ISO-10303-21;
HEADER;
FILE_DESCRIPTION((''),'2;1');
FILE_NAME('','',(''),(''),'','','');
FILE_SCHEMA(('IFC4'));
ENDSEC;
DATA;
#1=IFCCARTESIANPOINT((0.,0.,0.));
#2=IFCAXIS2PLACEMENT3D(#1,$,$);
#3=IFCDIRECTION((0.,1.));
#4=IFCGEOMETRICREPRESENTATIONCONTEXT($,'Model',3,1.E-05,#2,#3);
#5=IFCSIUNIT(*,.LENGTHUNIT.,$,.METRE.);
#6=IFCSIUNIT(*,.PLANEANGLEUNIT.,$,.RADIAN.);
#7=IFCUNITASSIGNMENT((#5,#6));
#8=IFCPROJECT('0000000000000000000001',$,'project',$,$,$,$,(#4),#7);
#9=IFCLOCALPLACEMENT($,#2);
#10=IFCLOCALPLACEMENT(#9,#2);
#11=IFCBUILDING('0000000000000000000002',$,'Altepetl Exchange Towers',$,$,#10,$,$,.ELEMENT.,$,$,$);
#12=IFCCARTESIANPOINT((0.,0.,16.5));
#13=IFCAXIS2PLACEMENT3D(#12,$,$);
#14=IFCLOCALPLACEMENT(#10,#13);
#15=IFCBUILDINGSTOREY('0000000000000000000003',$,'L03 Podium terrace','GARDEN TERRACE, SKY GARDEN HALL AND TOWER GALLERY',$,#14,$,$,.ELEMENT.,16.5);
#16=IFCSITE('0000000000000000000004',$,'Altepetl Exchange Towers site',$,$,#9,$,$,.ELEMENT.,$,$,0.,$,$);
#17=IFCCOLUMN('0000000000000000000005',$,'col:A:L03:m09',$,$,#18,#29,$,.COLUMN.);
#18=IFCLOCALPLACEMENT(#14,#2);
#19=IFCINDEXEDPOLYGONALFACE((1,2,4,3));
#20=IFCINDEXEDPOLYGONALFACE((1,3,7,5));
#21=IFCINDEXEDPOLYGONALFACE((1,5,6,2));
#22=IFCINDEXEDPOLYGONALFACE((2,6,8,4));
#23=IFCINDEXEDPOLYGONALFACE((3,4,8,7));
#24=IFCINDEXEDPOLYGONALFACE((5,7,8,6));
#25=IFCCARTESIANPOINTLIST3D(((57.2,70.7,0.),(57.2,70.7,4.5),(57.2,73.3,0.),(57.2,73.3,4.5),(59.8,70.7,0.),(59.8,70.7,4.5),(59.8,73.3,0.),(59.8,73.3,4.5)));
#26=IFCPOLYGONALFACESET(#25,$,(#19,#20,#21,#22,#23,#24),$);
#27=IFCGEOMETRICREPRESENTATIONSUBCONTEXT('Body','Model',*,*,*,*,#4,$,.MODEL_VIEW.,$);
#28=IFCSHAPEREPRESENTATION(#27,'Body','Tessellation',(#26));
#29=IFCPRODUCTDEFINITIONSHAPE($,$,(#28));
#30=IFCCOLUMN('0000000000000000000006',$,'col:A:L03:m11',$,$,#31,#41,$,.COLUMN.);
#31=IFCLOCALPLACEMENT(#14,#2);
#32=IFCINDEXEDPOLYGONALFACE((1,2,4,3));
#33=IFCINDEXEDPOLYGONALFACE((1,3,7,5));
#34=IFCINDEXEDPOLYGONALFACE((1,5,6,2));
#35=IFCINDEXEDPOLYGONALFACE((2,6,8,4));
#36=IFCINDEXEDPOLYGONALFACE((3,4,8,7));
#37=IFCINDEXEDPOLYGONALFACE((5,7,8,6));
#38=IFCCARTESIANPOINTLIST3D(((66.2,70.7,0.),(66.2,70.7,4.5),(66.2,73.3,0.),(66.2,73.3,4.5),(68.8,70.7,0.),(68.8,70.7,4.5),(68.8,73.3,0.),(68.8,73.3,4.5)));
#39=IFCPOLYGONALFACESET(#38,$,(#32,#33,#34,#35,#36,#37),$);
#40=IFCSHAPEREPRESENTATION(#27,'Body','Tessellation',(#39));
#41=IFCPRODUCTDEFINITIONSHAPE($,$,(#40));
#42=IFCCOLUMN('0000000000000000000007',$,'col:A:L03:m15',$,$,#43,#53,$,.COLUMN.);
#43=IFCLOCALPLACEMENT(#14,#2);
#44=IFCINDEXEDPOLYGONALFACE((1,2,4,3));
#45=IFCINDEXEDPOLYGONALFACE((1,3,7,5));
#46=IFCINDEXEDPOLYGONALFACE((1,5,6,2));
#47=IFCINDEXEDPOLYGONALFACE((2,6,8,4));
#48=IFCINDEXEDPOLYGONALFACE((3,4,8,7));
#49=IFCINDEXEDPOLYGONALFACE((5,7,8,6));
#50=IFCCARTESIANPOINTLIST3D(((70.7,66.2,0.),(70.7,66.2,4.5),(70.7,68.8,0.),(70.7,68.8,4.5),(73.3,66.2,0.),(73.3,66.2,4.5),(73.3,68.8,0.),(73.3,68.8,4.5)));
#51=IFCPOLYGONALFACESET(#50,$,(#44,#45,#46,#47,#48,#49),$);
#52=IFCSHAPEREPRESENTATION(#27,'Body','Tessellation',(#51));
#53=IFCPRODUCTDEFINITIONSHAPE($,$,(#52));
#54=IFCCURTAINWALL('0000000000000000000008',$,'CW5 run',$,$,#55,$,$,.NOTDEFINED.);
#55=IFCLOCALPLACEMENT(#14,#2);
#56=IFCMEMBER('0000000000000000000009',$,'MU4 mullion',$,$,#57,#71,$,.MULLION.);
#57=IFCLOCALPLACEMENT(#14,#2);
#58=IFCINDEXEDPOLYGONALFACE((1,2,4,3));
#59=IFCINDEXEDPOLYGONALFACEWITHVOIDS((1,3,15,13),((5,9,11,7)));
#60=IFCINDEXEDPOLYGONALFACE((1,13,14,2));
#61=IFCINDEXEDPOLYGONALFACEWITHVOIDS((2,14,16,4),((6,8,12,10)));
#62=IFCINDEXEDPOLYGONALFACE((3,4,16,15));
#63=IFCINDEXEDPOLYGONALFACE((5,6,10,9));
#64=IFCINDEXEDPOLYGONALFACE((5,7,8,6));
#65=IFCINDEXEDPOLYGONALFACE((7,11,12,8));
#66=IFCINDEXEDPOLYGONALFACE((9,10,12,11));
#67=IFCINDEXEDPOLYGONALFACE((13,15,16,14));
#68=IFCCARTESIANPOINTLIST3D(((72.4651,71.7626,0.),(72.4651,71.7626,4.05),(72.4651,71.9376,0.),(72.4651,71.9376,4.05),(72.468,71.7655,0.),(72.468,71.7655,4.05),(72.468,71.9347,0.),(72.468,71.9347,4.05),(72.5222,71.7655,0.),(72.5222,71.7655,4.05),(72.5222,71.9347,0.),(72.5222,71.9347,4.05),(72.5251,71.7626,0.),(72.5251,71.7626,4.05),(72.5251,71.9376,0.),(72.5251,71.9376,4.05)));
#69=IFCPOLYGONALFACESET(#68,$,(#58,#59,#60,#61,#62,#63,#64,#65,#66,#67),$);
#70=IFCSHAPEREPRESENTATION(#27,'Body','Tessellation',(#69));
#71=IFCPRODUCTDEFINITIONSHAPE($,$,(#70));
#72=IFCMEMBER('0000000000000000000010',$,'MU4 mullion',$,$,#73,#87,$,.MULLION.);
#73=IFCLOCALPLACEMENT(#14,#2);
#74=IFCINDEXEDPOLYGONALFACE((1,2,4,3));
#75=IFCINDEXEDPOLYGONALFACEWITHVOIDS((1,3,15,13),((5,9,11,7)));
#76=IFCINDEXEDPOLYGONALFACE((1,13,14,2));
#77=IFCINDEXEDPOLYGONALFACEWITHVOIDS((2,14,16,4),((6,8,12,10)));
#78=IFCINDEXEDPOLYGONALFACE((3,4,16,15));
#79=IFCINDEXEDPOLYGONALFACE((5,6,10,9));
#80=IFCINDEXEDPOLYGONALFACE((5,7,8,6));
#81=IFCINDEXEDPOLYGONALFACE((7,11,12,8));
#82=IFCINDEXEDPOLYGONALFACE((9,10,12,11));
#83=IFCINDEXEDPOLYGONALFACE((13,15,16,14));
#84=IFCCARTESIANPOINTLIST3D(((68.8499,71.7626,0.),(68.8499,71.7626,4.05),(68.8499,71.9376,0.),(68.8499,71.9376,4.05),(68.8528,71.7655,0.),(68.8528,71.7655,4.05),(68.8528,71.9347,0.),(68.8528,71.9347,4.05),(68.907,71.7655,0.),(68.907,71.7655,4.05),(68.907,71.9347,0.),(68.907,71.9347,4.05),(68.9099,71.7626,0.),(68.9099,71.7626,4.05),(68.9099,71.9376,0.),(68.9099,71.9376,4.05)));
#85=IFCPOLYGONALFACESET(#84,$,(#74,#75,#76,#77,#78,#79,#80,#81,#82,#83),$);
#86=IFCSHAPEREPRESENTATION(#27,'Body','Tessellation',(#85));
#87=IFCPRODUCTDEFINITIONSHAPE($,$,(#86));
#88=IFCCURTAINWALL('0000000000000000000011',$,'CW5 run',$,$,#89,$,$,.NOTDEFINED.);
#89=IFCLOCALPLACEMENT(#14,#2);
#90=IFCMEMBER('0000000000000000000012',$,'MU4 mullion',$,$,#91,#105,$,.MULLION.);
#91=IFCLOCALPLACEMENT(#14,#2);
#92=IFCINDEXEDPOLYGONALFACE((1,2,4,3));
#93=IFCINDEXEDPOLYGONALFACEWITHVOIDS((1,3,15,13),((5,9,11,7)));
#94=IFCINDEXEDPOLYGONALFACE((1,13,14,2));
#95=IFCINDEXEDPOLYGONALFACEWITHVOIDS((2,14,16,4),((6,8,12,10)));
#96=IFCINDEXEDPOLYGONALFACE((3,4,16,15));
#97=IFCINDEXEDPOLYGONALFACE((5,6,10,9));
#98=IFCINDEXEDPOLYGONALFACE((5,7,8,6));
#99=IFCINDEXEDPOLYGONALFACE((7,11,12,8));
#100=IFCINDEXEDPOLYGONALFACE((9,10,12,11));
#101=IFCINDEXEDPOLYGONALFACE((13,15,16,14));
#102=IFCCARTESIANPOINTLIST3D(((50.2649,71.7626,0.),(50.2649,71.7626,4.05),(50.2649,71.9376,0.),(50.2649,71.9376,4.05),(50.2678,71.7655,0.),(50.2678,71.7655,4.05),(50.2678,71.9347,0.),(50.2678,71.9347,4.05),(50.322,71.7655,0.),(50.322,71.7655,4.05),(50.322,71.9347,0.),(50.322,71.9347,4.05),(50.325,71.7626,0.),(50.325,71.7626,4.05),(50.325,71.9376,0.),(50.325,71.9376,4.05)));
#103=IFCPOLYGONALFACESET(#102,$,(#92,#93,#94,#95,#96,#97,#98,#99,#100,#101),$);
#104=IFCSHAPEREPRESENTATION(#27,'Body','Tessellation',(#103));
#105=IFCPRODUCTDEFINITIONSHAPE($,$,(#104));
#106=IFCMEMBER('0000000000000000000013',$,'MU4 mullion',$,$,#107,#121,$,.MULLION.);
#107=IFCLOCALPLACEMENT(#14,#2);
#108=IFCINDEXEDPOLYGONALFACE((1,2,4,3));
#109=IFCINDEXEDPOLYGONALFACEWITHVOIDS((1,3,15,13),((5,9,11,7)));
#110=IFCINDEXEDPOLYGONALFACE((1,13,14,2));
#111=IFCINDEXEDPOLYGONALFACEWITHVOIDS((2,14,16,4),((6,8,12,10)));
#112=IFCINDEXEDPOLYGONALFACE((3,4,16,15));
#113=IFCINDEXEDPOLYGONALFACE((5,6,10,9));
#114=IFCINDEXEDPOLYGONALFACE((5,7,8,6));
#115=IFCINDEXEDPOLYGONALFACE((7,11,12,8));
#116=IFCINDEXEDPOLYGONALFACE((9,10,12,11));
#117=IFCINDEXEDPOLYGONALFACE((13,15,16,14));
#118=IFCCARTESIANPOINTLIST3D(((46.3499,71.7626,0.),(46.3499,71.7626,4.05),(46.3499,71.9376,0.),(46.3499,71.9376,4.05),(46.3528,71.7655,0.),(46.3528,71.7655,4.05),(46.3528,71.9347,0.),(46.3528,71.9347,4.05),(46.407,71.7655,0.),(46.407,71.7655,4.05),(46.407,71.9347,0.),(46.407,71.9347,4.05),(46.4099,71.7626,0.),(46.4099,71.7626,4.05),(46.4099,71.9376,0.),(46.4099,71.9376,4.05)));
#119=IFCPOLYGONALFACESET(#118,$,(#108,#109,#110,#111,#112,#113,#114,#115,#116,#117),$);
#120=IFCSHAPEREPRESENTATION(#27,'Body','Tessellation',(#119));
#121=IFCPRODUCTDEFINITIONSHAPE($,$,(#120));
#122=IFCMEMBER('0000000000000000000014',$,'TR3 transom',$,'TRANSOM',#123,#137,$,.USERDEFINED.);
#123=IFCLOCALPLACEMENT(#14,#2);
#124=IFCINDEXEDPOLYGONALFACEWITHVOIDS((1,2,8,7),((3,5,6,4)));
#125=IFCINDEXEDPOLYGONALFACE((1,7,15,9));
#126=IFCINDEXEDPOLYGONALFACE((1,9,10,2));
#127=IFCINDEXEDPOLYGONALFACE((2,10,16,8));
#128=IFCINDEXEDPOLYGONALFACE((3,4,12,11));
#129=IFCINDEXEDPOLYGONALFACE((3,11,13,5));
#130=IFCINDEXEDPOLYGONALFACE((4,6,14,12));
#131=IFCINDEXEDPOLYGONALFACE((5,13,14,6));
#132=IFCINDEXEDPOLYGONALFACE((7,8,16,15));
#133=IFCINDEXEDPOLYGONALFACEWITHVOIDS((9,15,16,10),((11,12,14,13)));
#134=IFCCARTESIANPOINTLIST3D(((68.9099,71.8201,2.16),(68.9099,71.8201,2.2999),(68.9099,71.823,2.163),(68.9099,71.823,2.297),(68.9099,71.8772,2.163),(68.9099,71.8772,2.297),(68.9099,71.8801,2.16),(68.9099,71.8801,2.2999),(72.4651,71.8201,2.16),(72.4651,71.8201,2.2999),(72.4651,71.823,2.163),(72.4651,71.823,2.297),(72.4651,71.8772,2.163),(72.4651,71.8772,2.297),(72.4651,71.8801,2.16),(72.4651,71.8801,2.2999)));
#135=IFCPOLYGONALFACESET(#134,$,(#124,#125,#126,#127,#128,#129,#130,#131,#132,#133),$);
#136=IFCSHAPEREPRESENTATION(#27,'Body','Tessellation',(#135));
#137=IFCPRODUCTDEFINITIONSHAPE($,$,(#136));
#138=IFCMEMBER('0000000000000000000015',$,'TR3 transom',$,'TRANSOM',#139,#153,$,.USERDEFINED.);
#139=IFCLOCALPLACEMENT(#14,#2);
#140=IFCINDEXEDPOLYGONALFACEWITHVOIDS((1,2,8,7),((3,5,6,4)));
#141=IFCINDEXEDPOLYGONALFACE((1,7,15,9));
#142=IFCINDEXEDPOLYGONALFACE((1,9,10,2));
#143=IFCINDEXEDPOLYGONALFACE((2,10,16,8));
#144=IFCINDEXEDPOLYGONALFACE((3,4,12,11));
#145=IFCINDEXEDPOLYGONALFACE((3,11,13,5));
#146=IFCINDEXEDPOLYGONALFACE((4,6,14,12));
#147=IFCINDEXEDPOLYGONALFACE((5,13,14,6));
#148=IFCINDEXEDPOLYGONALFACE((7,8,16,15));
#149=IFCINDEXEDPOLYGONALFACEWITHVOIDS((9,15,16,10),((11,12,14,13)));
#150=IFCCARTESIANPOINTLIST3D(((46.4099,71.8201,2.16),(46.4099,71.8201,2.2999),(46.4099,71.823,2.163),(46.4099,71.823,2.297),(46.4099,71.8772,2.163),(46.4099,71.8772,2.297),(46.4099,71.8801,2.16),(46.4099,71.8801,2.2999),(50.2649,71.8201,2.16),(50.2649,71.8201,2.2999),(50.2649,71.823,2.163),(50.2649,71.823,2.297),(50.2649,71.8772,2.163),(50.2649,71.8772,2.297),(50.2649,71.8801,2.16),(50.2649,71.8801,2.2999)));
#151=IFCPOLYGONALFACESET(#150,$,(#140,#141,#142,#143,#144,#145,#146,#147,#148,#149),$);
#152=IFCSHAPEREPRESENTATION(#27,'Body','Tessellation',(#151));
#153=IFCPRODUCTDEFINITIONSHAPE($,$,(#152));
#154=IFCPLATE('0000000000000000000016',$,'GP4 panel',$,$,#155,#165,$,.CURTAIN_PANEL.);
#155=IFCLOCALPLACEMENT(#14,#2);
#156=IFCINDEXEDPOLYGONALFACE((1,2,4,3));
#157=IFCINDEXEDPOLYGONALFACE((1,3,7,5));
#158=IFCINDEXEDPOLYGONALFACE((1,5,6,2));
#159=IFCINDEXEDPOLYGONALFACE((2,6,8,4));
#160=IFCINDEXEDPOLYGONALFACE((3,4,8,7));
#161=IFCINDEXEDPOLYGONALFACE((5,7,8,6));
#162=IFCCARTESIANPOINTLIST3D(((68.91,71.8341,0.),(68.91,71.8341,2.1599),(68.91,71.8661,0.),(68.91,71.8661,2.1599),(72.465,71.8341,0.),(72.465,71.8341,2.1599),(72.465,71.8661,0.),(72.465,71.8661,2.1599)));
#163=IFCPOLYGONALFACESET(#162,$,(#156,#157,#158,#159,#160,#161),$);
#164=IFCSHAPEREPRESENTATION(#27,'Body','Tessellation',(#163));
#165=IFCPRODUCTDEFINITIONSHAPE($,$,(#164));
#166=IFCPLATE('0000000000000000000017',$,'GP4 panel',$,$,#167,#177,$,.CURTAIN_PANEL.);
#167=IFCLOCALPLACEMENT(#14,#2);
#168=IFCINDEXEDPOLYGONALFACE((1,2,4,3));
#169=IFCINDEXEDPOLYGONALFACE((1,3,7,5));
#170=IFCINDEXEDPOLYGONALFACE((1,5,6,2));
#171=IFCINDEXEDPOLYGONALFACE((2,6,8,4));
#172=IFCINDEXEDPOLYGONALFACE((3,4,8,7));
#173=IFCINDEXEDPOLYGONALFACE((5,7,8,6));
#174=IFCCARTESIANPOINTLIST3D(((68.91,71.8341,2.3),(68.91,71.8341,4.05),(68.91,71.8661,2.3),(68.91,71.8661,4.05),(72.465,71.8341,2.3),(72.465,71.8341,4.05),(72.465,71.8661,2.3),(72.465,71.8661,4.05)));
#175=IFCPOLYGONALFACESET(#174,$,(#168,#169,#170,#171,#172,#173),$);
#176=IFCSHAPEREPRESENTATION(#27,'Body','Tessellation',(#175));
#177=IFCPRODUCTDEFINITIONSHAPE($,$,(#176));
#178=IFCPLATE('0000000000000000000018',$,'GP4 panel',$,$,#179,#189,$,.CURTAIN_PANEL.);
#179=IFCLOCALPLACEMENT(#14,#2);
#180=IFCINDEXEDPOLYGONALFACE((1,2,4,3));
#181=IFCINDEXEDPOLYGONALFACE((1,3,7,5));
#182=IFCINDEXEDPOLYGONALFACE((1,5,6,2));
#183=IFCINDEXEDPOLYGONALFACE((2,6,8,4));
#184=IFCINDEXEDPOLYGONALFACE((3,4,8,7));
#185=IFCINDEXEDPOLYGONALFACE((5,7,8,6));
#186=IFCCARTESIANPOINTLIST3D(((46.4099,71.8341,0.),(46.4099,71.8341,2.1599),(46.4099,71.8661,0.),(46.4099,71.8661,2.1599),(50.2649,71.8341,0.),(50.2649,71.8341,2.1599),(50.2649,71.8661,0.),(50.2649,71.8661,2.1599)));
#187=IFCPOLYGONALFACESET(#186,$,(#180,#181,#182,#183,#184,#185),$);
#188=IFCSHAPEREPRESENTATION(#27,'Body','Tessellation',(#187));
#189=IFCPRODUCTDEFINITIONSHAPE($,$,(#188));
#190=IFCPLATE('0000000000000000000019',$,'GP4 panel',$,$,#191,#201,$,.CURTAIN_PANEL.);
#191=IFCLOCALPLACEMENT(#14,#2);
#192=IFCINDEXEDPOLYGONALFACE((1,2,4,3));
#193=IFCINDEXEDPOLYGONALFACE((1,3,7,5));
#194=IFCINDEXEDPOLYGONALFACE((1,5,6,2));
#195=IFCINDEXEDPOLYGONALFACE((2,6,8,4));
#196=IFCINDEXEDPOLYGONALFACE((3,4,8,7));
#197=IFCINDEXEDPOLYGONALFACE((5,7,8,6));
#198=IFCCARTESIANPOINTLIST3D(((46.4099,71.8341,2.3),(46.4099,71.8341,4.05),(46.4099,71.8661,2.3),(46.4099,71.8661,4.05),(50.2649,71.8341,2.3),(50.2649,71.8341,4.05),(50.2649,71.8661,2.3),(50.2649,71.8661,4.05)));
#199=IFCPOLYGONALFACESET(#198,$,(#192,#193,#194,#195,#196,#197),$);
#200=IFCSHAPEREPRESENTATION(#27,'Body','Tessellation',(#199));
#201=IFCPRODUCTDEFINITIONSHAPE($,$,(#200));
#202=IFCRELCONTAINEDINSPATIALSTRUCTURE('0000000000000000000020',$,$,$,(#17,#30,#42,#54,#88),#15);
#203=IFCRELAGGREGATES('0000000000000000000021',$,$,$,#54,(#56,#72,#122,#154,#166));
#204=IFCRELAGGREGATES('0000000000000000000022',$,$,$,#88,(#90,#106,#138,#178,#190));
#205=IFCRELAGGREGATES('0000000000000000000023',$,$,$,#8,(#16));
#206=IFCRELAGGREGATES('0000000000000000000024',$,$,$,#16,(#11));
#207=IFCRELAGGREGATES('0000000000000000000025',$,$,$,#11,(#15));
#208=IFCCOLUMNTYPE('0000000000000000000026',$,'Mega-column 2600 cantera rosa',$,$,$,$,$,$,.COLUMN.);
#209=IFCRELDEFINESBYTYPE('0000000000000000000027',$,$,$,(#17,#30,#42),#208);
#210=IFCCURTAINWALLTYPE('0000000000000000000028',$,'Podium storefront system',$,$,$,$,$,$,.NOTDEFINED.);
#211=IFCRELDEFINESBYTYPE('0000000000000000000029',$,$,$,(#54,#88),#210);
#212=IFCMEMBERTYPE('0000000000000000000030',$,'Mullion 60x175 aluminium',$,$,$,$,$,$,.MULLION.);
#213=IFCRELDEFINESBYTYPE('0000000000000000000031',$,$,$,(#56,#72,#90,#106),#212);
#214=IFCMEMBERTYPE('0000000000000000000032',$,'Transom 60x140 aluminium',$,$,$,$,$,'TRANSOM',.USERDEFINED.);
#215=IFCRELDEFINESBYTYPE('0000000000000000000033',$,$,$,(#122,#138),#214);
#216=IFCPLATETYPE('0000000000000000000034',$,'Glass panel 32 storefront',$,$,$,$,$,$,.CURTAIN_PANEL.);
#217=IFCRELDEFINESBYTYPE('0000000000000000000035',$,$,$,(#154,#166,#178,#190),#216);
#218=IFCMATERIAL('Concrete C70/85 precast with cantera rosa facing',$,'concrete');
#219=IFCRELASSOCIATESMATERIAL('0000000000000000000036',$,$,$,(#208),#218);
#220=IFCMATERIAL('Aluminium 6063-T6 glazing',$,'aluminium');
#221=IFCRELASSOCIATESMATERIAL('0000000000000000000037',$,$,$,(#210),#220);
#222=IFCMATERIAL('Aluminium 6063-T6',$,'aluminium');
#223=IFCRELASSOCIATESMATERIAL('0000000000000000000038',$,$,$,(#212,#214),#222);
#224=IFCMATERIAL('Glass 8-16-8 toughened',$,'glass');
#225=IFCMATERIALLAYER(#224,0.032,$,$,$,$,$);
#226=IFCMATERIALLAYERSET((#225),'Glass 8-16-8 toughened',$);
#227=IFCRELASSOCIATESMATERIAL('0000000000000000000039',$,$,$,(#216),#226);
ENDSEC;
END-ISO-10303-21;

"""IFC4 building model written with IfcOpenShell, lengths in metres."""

from ifc_helpers import new_model, si_unit, direction, frame, origin, origin_2d, place, context, subcontext, project, spatial, rectangle, hollow_rectangle, extrude, material, layer, layer_set, material_profile, profile_set, type_object, element, aggregate, save


model = new_model("IFC4")

# Units and contexts
model_context = context("Model", 3, precision=1e-05, world=origin(), true_north=direction((0.0, 1.0)))
body_context = subcontext(model_context, "Body", "Model", "MODEL_VIEW")
ifc_project = project(units=[si_unit("LENGTHUNIT", "METRE"), si_unit("PLANEANGLEUNIT", "RADIAN")], contexts=[model_context])

# Site, building, storey
site_placement = place(None, origin())
site = spatial("IfcSite", under=ifc_project, at=site_placement, Name="Altepetl Exchange Towers site", CompositionType="ELEMENT", RefElevation=0.0)
building_placement = place(site_placement, origin())
building = spatial("IfcBuilding", under=site, at=building_placement, Name="Altepetl Exchange Towers", CompositionType="ELEMENT")
storey_placement = place(building_placement, frame((0.0, 0.0, 16.5)))
storey = spatial("IfcBuildingStorey", under=building, at=storey_placement, Name="L03 Podium terrace", Description="GARDEN TERRACE, SKY GARDEN HALL AND TOWER GALLERY", CompositionType="ELEMENT", Elevation=16.5)

# Columns
ifc_material_1 = material(Name="Concrete C70/85 precast with cantera rosa facing", Category="concrete")
ifc_material_profile_1 = material_profile(ifc_material_1, rectangle(XDim=2.6001, YDim=2.6001, at=origin_2d()), Name="2600 x 2600")
ifc_profile_set_1 = profile_set([ifc_material_profile_1], Name="Concrete C70/85 precast with cantera rosa facing")
column_type = type_object("IfcColumnType", Name="Mega-column 2600 cantera rosa", PredefinedType="COLUMN", material=ifc_profile_set_1)
for number, where, name in (
    (1, (58.5, 72.0, 0.0), "col:A:L03:m09"),
    (2, (67.5, 72.0, 0.0), "col:A:L03:m11"),
    (3, (72.0, 67.5, 0.0), "col:A:L03:m15"),
):
    element("IfcColumn", number, at=place(storey_placement, frame(where)), inside=storey, type_object=column_type, Name=name, PredefinedType="COLUMN", context=body_context, shape_type="SweptSolid", body=[
        extrude(rectangle(XDim=2.6001, YDim=2.6001, at=origin_2d()), origin(), (0.0, 0.0, 1.0), 4.5),
    ])

# Curtain walls, members
ifc_material_2 = material(Name="Aluminium 6063-T6 glazing", Category="aluminium")
curtain_wall_type = type_object("IfcCurtainWallType", Name="Podium storefront system", PredefinedType="NOTDEFINED", material=ifc_material_2)
curtain_wall_1_placement = place(storey_placement, origin())
curtain_wall_1 = element("IfcCurtainWall", 4, at=curtain_wall_1_placement, inside=storey, type_object=curtain_wall_type, Name="CW5 run", PredefinedType="NOTDEFINED")
ifc_material_3 = material(Name="Aluminium 6063-T6", Category="aluminium")
ifc_material_profile_2 = material_profile(ifc_material_3, hollow_rectangle(XDim=0.0601, YDim=0.175, WallThickness=0.0029, at=origin_2d()), Name="Mullion 60x175 aluminium")
ifc_profile_set_2 = profile_set([ifc_material_profile_2], Name="Aluminium 6063-T6")
member_type_1 = type_object("IfcMemberType", Name="Mullion 60x175 aluminium", PredefinedType="MULLION", material=ifc_profile_set_2)
member_1_placement = place(storey_placement, frame((72.4951, 71.8501, 0.0), z_axis=(0.0, 0.0, 1.0), x_axis=(-1.0, 0.0, 0.0)))
member_1 = element("IfcMember", 5, at=member_1_placement, type_object=member_type_1, Name="MU4 mullion", PredefinedType="MULLION", context=body_context, shape_type="SweptSolid", body=[
    extrude(hollow_rectangle(XDim=0.0601, YDim=0.175, WallThickness=0.0029, at=origin_2d()), origin(), (0.0, 0.0, 1.0), 4.05),
])
member_2_placement = place(storey_placement, frame((68.8799, 71.8501, 0.0), z_axis=(0.0, 0.0, 1.0), x_axis=(-1.0, 0.0, 0.0)))
member_2 = element("IfcMember", 6, at=member_2_placement, type_object=member_type_1, Name="MU4 mullion", PredefinedType="MULLION", context=body_context, shape_type="SweptSolid", body=[
    extrude(hollow_rectangle(XDim=0.0601, YDim=0.175, WallThickness=0.0029, at=origin_2d()), origin(), (0.0, 0.0, 1.0), 4.05),
])
curtain_wall_2_placement = place(storey_placement, origin())
curtain_wall_2 = element("IfcCurtainWall", 7, at=curtain_wall_2_placement, inside=storey, type_object=curtain_wall_type, Name="CW5 run", PredefinedType="NOTDEFINED")
member_3_placement = place(storey_placement, frame((50.2949, 71.8501, 0.0), z_axis=(0.0, 0.0, 1.0), x_axis=(-1.0, 0.0, 0.0)))
member_3 = element("IfcMember", 8, at=member_3_placement, type_object=member_type_1, Name="MU4 mullion", PredefinedType="MULLION", context=body_context, shape_type="SweptSolid", body=[
    extrude(hollow_rectangle(XDim=0.0601, YDim=0.175, WallThickness=0.0029, at=origin_2d()), origin(), (0.0, 0.0, 1.0), 4.05),
])
member_4_placement = place(storey_placement, frame((46.3799, 71.8501, 0.0), z_axis=(0.0, 0.0, 1.0), x_axis=(-1.0, 0.0, 0.0)))
member_4 = element("IfcMember", 9, at=member_4_placement, type_object=member_type_1, Name="MU4 mullion", PredefinedType="MULLION", context=body_context, shape_type="SweptSolid", body=[
    extrude(hollow_rectangle(XDim=0.0601, YDim=0.175, WallThickness=0.0029, at=origin_2d()), origin(), (0.0, 0.0, 1.0), 4.05),
])

# Members
ifc_material_profile_3 = material_profile(ifc_material_3, hollow_rectangle(XDim=0.0601, YDim=0.1399, WallThickness=0.0029, at=origin_2d()), Name="Transom 60x140 aluminium")
ifc_profile_set_3 = profile_set([ifc_material_profile_3], Name="Aluminium 6063-T6")
member_type_2 = type_object("IfcMemberType", Name="Transom 60x140 aluminium", ElementType="TRANSOM", PredefinedType="USERDEFINED", material=ifc_profile_set_3)
member_5_placement = place(storey_placement, frame((72.4651, 71.8501, 2.23), z_axis=(-1.0, 0.0, 0.0), x_axis=(0.0, -1.0, 0.0)))
member_5 = element("IfcMember", 10, at=member_5_placement, type_object=member_type_2, Name="TR3 transom", ObjectType="TRANSOM", PredefinedType="USERDEFINED", context=body_context, shape_type="SweptSolid", body=[
    extrude(hollow_rectangle(XDim=0.0601, YDim=0.1399, WallThickness=0.0029, at=origin_2d()), origin(), (0.0, 0.0, 1.0), 3.5552),
])
member_6_placement = place(storey_placement, frame((50.2649, 71.8501, 2.23), z_axis=(-1.0, 0.0, 0.0), x_axis=(0.0, -1.0, 0.0)))
member_6 = element("IfcMember", 11, at=member_6_placement, type_object=member_type_2, Name="TR3 transom", ObjectType="TRANSOM", PredefinedType="USERDEFINED", context=body_context, shape_type="SweptSolid", body=[
    extrude(hollow_rectangle(XDim=0.0601, YDim=0.1399, WallThickness=0.0029, at=origin_2d()), origin(), (0.0, 0.0, 1.0), 3.855),
])

# Plates
ifc_material_4 = material(Name="Glass 8-16-8 toughened", Category="glass")
ifc_layer_1 = layer(ifc_material_4, 0.032)
ifc_layer_set_1 = layer_set([ifc_layer_1], Name="Glass 8-16-8 toughened")
plate_type = type_object("IfcPlateType", Name="Glass panel 32 storefront", PredefinedType="CURTAIN_PANEL", material=ifc_layer_set_1)
plate_1_placement = place(storey_placement, frame((70.6875, 71.8501, 0.0), z_axis=(0.0, 0.0, 1.0), x_axis=(-1.0, 0.0, 0.0)))
plate_1 = element("IfcPlate", 12, at=plate_1_placement, type_object=plate_type, Name="GP4 panel", PredefinedType="CURTAIN_PANEL", context=body_context, shape_type="SweptSolid", body=[
    extrude(rectangle(XDim=3.5549, YDim=0.032, at=origin_2d()), origin(), (0.0, 0.0, 1.0), 2.1599),
])
plate_2_placement = place(storey_placement, frame((70.6875, 71.8501, 2.3), z_axis=(0.0, 0.0, 1.0), x_axis=(-1.0, 0.0, 0.0)))
plate_2 = element("IfcPlate", 13, at=plate_2_placement, type_object=plate_type, Name="GP4 panel", PredefinedType="CURTAIN_PANEL", context=body_context, shape_type="SweptSolid", body=[
    extrude(rectangle(XDim=3.5549, YDim=0.032, at=origin_2d()), origin(), (0.0, 0.0, 1.0), 1.75),
])
aggregate(curtain_wall_1, [member_1, member_2, member_5, plate_1, plate_2])
plate_3_placement = place(storey_placement, frame((48.3374, 71.8501, 0.0), z_axis=(0.0, 0.0, 1.0), x_axis=(-1.0, 0.0, 0.0)))
plate_3 = element("IfcPlate", 14, at=plate_3_placement, type_object=plate_type, Name="GP4 panel", PredefinedType="CURTAIN_PANEL", context=body_context, shape_type="SweptSolid", body=[
    extrude(rectangle(XDim=3.855, YDim=0.032, at=origin_2d()), origin(), (0.0, 0.0, 1.0), 2.1599),
])
plate_4_placement = place(storey_placement, frame((48.3374, 71.8501, 2.3), z_axis=(0.0, 0.0, 1.0), x_axis=(-1.0, 0.0, 0.0)))
plate_4 = element("IfcPlate", 15, at=plate_4_placement, type_object=plate_type, Name="GP4 panel", PredefinedType="CURTAIN_PANEL", context=body_context, shape_type="SweptSolid", body=[
    extrude(rectangle(XDim=3.855, YDim=0.032, at=origin_2d()), origin(), (0.0, 0.0, 1.0), 1.75),
])
aggregate(curtain_wall_2, [member_3, member_4, member_6, plate_3, plate_4])

save(model, "model.ifc")
